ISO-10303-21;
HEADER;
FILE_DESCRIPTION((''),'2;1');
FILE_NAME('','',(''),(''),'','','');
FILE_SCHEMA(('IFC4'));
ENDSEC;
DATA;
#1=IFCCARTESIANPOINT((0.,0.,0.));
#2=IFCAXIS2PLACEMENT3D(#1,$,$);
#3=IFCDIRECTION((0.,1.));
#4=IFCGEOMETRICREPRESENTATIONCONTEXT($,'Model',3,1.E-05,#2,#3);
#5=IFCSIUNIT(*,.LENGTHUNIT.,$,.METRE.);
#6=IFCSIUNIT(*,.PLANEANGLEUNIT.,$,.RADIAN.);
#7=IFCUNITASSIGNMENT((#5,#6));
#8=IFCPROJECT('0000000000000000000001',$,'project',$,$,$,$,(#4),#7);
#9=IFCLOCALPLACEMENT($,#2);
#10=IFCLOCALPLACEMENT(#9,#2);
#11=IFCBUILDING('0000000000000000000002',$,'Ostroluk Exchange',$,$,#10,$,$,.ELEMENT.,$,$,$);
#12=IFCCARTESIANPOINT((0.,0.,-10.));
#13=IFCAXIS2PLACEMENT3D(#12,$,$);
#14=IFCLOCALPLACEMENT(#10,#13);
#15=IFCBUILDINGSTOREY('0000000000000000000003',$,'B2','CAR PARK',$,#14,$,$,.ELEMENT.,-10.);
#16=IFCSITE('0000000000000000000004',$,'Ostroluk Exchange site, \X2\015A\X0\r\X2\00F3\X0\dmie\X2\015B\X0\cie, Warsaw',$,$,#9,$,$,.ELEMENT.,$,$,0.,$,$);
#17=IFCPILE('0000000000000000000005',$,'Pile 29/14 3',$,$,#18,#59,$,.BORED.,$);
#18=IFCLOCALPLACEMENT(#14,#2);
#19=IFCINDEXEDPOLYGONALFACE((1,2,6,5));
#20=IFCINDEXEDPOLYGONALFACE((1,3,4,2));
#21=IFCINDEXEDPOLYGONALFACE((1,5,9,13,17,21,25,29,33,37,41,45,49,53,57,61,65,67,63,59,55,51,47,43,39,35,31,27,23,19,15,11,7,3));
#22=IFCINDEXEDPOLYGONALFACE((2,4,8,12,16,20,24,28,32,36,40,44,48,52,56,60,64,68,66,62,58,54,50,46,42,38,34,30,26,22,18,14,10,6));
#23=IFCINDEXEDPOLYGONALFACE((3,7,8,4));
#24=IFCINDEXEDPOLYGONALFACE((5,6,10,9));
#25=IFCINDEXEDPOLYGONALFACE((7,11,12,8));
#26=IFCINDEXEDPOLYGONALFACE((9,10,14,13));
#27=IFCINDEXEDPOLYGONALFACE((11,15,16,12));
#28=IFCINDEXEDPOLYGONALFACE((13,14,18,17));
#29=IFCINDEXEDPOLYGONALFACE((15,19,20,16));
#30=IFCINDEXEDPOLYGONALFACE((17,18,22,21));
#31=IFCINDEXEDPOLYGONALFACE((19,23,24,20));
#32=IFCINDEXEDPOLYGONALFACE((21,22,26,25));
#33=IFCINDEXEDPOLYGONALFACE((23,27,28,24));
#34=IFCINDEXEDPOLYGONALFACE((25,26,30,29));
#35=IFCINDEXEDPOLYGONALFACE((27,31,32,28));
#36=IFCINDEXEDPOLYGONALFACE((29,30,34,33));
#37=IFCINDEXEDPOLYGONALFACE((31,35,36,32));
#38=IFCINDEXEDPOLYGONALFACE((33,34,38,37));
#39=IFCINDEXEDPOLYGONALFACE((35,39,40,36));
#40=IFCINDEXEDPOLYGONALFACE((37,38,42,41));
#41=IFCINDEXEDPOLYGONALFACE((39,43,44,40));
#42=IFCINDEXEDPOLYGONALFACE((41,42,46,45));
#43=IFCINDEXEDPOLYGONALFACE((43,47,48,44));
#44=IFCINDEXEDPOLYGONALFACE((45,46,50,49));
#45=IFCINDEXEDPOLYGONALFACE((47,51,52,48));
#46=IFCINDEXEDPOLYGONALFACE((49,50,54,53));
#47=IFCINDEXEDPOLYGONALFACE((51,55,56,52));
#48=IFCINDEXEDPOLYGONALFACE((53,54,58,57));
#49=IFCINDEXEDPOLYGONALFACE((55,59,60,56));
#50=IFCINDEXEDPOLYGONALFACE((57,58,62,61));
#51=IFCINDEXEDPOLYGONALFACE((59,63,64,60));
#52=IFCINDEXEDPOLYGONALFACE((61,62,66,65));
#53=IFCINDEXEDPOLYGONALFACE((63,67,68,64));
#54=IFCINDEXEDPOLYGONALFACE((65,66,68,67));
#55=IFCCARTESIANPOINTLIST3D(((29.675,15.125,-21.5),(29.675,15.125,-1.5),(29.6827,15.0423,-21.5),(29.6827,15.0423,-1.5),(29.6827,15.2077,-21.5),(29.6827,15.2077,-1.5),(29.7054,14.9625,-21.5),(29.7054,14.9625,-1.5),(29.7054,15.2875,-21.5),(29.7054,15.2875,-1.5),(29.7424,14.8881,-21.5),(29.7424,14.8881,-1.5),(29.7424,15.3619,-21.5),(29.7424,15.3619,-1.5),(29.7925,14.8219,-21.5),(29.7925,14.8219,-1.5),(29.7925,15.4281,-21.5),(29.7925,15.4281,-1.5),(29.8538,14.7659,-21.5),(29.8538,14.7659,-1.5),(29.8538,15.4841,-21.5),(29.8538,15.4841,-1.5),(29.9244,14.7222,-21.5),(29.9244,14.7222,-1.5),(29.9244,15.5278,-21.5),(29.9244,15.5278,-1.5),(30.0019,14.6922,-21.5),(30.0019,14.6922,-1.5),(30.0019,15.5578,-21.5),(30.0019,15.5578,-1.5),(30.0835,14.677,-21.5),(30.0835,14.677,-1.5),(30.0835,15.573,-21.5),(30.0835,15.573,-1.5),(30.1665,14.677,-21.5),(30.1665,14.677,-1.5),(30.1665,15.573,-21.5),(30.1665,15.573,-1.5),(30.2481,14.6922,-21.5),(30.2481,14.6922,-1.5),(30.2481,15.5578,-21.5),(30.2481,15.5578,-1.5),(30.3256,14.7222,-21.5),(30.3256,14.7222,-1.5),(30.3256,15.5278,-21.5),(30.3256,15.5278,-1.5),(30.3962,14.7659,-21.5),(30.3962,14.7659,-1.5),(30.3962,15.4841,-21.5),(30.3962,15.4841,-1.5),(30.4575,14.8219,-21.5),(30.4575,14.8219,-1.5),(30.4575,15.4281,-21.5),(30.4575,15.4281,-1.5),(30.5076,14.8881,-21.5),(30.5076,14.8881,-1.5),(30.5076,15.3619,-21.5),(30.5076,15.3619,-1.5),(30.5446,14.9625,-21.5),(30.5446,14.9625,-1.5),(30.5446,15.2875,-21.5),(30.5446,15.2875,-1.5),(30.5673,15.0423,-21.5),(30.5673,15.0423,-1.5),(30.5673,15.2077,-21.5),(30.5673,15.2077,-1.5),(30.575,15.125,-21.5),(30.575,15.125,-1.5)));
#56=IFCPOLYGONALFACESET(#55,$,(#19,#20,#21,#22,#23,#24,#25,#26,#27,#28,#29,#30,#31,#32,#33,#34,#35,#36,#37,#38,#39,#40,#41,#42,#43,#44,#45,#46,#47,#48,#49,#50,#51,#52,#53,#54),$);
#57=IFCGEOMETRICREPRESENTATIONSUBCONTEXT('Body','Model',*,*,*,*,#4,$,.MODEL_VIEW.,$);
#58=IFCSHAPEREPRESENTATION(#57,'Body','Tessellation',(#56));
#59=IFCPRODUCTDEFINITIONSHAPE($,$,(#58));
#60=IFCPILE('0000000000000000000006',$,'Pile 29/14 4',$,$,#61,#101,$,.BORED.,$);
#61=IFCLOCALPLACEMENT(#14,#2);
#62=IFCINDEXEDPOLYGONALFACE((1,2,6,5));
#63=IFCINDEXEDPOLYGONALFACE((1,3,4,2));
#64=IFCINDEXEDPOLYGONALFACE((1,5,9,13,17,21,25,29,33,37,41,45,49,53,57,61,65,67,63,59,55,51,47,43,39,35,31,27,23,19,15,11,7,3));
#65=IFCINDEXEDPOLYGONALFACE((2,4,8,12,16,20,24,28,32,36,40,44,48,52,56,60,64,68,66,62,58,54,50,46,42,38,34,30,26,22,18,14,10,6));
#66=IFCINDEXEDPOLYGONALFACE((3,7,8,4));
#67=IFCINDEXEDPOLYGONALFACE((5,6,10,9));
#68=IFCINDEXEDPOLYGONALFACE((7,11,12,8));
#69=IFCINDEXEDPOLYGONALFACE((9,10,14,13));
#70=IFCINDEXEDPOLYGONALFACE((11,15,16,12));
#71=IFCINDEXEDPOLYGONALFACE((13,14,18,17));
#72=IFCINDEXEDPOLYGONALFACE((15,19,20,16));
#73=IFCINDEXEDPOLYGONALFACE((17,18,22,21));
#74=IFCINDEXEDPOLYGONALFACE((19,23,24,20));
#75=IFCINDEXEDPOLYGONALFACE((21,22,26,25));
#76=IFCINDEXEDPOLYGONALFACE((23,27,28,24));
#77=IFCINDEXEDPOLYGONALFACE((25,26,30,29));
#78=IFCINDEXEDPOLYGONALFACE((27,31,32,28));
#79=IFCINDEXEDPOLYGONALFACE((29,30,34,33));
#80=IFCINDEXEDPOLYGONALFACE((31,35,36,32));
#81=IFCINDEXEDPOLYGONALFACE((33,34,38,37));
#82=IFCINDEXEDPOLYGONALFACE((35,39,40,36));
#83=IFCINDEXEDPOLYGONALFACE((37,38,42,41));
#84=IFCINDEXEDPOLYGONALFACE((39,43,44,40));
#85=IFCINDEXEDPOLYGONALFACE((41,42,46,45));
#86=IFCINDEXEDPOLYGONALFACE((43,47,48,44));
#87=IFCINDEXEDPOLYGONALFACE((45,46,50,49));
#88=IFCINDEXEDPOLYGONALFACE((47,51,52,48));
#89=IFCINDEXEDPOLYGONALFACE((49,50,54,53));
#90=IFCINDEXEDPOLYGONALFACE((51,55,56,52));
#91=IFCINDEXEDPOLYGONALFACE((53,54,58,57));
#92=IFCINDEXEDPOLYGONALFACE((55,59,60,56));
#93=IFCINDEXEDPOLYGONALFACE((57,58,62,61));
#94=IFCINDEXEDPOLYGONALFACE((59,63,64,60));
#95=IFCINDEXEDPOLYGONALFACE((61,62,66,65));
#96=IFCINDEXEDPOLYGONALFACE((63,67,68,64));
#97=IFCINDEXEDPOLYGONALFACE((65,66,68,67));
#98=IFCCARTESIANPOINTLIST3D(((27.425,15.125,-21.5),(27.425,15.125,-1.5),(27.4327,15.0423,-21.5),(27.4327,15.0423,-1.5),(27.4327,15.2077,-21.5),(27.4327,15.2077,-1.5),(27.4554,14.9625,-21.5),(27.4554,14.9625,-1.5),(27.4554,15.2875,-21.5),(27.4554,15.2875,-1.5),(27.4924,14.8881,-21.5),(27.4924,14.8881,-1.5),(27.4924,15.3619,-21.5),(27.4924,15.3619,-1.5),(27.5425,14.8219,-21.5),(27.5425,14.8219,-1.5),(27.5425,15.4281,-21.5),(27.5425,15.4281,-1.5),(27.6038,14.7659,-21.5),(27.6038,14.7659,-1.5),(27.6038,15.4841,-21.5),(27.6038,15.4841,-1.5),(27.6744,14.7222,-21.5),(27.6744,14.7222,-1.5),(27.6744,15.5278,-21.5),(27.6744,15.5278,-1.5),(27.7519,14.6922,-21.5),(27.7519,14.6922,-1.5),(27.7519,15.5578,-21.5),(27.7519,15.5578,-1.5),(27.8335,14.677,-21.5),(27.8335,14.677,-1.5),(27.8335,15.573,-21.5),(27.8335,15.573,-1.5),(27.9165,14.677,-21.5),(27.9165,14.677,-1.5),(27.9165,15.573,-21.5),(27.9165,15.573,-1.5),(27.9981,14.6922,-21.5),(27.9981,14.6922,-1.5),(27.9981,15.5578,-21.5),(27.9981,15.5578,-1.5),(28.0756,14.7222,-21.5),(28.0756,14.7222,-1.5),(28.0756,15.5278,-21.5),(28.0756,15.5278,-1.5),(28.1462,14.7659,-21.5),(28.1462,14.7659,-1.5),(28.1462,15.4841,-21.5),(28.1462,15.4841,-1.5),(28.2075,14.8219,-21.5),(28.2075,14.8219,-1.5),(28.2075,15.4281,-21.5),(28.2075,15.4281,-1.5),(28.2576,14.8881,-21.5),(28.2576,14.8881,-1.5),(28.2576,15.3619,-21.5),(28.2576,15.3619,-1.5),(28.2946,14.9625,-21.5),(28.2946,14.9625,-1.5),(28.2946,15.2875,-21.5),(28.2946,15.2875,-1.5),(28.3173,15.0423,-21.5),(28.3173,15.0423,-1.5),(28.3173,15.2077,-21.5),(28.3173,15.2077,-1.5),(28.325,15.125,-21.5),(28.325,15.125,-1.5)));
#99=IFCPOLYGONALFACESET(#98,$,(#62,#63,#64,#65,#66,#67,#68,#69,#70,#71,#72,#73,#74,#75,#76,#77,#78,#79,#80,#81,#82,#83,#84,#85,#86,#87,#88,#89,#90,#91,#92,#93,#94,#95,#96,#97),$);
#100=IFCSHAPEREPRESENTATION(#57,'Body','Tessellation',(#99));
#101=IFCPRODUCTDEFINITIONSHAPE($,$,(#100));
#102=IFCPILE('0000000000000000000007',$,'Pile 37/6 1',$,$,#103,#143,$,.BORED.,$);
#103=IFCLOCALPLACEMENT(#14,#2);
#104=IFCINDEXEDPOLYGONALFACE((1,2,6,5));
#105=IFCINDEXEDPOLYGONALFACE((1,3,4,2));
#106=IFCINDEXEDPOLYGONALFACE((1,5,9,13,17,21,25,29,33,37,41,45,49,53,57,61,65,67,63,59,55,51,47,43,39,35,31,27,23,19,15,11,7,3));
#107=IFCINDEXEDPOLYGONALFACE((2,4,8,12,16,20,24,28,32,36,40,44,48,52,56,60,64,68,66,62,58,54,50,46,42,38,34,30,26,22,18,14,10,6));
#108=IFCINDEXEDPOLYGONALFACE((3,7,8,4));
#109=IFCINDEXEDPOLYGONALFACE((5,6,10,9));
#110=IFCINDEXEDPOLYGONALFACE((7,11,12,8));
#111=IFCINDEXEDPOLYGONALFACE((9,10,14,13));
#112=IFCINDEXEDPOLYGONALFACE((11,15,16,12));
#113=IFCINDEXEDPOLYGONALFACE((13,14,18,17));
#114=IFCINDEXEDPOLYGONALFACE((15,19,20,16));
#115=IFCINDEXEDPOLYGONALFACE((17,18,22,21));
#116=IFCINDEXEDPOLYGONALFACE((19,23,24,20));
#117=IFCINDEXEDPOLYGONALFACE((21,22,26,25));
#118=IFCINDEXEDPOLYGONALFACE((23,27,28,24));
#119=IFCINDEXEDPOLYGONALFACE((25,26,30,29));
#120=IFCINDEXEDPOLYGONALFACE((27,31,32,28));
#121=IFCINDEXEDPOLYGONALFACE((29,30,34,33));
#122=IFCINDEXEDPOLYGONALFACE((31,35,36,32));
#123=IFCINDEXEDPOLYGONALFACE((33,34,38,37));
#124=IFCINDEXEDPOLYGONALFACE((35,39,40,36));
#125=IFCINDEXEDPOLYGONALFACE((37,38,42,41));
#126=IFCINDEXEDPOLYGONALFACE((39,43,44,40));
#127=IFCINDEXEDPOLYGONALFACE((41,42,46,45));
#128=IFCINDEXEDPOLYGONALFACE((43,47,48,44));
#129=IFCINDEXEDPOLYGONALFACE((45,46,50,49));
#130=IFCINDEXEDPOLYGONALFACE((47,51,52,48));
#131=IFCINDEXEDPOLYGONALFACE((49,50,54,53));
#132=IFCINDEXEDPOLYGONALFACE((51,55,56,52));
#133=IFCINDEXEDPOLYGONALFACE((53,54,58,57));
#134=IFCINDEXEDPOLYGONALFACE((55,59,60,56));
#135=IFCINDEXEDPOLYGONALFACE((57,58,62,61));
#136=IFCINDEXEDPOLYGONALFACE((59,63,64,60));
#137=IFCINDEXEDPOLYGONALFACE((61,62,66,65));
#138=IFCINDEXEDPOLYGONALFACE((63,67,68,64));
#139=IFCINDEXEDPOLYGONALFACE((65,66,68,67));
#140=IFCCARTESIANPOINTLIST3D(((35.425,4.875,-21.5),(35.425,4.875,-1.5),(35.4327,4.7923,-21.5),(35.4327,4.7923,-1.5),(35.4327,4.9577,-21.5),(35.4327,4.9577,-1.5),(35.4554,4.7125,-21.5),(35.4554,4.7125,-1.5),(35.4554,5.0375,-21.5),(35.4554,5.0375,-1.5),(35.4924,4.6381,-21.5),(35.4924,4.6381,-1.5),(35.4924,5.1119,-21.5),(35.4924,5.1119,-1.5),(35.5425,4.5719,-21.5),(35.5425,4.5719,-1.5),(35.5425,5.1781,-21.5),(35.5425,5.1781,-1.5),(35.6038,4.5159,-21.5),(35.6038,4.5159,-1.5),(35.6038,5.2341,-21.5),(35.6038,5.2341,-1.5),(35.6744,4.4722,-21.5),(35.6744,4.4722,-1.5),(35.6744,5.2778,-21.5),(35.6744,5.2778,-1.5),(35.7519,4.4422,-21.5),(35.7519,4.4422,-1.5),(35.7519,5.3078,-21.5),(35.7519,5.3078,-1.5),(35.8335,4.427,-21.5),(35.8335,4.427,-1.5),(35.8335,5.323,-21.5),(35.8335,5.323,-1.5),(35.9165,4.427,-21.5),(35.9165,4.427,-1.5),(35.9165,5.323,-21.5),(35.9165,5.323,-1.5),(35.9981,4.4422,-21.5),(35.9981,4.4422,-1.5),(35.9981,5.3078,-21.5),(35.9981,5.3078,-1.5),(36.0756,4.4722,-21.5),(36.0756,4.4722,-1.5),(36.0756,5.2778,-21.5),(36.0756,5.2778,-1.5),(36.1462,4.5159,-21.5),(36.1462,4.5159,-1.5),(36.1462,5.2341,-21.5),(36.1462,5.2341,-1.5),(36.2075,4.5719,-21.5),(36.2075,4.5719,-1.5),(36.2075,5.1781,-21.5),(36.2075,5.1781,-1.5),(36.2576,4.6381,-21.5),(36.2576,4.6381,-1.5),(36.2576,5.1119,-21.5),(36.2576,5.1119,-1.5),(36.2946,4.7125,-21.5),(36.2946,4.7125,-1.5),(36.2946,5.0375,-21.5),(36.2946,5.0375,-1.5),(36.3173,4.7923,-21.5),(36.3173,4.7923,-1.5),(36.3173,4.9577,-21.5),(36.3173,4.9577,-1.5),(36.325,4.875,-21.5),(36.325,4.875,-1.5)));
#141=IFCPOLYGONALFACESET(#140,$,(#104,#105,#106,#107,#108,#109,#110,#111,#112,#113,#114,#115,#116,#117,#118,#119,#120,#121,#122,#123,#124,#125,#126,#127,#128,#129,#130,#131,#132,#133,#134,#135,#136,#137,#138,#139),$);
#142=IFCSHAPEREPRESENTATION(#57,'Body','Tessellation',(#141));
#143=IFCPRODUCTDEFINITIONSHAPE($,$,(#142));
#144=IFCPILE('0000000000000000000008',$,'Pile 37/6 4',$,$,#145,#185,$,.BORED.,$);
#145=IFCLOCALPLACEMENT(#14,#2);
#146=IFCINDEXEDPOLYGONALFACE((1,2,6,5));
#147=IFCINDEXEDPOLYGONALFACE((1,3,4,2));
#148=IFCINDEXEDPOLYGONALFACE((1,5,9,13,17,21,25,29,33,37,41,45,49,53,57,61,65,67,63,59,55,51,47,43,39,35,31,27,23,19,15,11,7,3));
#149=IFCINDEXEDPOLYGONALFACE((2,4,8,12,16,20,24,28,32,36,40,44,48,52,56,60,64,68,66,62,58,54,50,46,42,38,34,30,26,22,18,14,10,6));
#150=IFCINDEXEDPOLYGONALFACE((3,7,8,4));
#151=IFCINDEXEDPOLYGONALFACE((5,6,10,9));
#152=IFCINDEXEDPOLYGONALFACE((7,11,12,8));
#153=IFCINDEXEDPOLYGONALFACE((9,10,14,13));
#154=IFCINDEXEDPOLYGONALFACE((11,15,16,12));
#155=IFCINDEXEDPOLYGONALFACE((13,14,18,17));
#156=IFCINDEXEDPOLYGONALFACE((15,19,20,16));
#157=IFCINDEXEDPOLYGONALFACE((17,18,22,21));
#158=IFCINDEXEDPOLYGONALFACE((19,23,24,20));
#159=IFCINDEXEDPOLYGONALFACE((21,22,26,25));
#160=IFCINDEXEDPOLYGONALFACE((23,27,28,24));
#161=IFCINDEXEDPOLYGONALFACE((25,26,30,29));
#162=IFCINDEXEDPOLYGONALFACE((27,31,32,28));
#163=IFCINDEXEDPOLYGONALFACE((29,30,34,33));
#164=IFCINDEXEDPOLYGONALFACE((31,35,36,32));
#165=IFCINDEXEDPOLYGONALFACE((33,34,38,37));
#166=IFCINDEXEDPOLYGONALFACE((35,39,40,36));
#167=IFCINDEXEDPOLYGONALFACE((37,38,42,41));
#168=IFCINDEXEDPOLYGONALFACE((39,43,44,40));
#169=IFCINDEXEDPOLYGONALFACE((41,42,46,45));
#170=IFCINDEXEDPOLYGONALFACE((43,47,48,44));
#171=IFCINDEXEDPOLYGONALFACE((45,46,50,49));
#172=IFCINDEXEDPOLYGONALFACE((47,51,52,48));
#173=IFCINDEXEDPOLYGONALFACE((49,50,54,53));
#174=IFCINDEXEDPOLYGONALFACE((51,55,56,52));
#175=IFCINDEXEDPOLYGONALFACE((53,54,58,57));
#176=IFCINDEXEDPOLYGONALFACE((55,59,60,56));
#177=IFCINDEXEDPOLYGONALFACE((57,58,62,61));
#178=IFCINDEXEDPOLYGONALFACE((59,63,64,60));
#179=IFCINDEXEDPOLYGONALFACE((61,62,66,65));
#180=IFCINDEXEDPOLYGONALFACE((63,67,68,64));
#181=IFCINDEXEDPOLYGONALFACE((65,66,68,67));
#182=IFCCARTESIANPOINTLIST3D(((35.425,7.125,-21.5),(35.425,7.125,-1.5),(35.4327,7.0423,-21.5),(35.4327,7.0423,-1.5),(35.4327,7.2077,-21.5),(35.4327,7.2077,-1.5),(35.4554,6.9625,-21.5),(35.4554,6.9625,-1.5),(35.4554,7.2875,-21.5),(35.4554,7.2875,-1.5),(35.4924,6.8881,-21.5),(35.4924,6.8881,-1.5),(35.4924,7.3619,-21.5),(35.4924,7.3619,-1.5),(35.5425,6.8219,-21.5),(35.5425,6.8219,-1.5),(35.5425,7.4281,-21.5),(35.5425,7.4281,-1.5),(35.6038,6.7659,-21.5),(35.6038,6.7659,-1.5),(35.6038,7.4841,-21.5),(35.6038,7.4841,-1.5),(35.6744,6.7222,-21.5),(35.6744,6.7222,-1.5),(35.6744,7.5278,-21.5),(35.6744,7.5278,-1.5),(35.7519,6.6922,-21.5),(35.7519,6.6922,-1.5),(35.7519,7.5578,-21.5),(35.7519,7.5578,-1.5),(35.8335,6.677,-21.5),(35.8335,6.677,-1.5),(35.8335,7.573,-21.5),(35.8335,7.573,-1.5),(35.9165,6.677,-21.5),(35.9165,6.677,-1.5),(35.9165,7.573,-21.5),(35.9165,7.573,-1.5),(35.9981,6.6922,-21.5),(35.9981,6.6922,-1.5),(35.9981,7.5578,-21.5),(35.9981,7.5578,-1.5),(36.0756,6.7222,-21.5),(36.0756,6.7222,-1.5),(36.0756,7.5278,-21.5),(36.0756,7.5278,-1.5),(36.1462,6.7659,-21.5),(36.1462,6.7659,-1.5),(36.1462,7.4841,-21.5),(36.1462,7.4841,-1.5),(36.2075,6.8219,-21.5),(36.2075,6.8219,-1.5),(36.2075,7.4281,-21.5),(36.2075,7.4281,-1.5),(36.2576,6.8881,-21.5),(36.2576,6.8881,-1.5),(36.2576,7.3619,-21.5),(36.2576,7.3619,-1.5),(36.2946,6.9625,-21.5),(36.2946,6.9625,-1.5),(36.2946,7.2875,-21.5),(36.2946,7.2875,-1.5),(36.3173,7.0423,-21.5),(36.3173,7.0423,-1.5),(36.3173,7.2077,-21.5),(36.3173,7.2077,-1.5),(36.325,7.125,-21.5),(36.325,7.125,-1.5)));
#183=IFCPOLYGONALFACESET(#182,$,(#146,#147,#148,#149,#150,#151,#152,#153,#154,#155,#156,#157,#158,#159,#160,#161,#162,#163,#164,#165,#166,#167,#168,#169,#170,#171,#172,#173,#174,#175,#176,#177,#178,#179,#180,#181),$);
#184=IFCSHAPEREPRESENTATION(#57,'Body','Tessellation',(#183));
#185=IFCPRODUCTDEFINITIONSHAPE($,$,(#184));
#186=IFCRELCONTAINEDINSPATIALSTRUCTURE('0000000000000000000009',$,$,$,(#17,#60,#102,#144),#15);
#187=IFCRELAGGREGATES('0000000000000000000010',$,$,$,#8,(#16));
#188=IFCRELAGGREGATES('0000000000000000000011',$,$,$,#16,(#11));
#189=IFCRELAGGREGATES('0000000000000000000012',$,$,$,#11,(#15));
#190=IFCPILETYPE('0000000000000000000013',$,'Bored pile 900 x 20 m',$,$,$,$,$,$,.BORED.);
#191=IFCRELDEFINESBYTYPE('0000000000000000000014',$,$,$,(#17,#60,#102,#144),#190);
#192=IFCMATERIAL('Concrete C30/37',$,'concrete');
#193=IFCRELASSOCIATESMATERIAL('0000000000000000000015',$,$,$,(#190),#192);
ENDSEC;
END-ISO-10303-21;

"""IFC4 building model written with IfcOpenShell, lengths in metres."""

from ifc_helpers import new_model, si_unit, direction, frame, origin, origin_2d, place, context, subcontext, project, spatial, circle, extrude, material, type_object, element, save


model = new_model("IFC4")

# Units and contexts
model_context = context("Model", 3, precision=1e-05, world=origin(), true_north=direction((0.0, 1.0)))
body_context = subcontext(model_context, "Body", "Model", "MODEL_VIEW")
ifc_project = project(units=[si_unit("LENGTHUNIT", "METRE"), si_unit("PLANEANGLEUNIT", "RADIAN")], contexts=[model_context])

# Site, building, storey
site_placement = place(None, origin())
site = spatial("IfcSite", under=ifc_project, at=site_placement, Name="Ostroluk Exchange site, Śródmieście, Warsaw", CompositionType="ELEMENT", RefElevation=0.0)
building_placement = place(site_placement, origin())
building = spatial("IfcBuilding", under=site, at=building_placement, Name="Ostroluk Exchange", CompositionType="ELEMENT")
storey_placement = place(building_placement, frame((0.0, 0.0, -10.0)))
storey = spatial("IfcBuildingStorey", under=building, at=storey_placement, Name="B2", Description="CAR PARK", CompositionType="ELEMENT", Elevation=-10.0)

# Piles
ifc_material_1 = material(Name="Concrete C30/37", Category="concrete")
pile_type_1 = type_object("IfcPileType", Name="Bored pile 900 x 20 m", PredefinedType="BORED", material=ifc_material_1)
for number, where, z_axis, x_axis, name in (
    (1, (30.125, 15.125, -1.5), (0.0, 0.0, -1.0), (1.0, 0.0, 0.0), "Pile 29/14 3"),
    (2, (27.875, 15.125, -1.5), (0.0, 0.0, -1.0), (1.0, 0.0, 0.0), "Pile 29/14 4"),
    (3, (35.875, 4.875, -1.5), (0.0, 0.0, -1.0), (1.0, 0.0, 0.0), "Pile 37/6 1"),
    (4, (35.875, 7.125, -1.5), (0.0, 0.0, -1.0), (1.0, 0.0, 0.0), "Pile 37/6 4"),
):
    element("IfcPile", number, at=place(storey_placement, frame(where, z_axis=z_axis, x_axis=x_axis)), inside=storey, type_object=pile_type_1, Name=name, PredefinedType="BORED", context=body_context, shape_type="SweptSolid", body=[
        extrude(circle(Radius=0.45, at=origin_2d()), origin(), (0.0, 0.0, 1.0), 20.0),
    ])

save(model, "model.ifc")
